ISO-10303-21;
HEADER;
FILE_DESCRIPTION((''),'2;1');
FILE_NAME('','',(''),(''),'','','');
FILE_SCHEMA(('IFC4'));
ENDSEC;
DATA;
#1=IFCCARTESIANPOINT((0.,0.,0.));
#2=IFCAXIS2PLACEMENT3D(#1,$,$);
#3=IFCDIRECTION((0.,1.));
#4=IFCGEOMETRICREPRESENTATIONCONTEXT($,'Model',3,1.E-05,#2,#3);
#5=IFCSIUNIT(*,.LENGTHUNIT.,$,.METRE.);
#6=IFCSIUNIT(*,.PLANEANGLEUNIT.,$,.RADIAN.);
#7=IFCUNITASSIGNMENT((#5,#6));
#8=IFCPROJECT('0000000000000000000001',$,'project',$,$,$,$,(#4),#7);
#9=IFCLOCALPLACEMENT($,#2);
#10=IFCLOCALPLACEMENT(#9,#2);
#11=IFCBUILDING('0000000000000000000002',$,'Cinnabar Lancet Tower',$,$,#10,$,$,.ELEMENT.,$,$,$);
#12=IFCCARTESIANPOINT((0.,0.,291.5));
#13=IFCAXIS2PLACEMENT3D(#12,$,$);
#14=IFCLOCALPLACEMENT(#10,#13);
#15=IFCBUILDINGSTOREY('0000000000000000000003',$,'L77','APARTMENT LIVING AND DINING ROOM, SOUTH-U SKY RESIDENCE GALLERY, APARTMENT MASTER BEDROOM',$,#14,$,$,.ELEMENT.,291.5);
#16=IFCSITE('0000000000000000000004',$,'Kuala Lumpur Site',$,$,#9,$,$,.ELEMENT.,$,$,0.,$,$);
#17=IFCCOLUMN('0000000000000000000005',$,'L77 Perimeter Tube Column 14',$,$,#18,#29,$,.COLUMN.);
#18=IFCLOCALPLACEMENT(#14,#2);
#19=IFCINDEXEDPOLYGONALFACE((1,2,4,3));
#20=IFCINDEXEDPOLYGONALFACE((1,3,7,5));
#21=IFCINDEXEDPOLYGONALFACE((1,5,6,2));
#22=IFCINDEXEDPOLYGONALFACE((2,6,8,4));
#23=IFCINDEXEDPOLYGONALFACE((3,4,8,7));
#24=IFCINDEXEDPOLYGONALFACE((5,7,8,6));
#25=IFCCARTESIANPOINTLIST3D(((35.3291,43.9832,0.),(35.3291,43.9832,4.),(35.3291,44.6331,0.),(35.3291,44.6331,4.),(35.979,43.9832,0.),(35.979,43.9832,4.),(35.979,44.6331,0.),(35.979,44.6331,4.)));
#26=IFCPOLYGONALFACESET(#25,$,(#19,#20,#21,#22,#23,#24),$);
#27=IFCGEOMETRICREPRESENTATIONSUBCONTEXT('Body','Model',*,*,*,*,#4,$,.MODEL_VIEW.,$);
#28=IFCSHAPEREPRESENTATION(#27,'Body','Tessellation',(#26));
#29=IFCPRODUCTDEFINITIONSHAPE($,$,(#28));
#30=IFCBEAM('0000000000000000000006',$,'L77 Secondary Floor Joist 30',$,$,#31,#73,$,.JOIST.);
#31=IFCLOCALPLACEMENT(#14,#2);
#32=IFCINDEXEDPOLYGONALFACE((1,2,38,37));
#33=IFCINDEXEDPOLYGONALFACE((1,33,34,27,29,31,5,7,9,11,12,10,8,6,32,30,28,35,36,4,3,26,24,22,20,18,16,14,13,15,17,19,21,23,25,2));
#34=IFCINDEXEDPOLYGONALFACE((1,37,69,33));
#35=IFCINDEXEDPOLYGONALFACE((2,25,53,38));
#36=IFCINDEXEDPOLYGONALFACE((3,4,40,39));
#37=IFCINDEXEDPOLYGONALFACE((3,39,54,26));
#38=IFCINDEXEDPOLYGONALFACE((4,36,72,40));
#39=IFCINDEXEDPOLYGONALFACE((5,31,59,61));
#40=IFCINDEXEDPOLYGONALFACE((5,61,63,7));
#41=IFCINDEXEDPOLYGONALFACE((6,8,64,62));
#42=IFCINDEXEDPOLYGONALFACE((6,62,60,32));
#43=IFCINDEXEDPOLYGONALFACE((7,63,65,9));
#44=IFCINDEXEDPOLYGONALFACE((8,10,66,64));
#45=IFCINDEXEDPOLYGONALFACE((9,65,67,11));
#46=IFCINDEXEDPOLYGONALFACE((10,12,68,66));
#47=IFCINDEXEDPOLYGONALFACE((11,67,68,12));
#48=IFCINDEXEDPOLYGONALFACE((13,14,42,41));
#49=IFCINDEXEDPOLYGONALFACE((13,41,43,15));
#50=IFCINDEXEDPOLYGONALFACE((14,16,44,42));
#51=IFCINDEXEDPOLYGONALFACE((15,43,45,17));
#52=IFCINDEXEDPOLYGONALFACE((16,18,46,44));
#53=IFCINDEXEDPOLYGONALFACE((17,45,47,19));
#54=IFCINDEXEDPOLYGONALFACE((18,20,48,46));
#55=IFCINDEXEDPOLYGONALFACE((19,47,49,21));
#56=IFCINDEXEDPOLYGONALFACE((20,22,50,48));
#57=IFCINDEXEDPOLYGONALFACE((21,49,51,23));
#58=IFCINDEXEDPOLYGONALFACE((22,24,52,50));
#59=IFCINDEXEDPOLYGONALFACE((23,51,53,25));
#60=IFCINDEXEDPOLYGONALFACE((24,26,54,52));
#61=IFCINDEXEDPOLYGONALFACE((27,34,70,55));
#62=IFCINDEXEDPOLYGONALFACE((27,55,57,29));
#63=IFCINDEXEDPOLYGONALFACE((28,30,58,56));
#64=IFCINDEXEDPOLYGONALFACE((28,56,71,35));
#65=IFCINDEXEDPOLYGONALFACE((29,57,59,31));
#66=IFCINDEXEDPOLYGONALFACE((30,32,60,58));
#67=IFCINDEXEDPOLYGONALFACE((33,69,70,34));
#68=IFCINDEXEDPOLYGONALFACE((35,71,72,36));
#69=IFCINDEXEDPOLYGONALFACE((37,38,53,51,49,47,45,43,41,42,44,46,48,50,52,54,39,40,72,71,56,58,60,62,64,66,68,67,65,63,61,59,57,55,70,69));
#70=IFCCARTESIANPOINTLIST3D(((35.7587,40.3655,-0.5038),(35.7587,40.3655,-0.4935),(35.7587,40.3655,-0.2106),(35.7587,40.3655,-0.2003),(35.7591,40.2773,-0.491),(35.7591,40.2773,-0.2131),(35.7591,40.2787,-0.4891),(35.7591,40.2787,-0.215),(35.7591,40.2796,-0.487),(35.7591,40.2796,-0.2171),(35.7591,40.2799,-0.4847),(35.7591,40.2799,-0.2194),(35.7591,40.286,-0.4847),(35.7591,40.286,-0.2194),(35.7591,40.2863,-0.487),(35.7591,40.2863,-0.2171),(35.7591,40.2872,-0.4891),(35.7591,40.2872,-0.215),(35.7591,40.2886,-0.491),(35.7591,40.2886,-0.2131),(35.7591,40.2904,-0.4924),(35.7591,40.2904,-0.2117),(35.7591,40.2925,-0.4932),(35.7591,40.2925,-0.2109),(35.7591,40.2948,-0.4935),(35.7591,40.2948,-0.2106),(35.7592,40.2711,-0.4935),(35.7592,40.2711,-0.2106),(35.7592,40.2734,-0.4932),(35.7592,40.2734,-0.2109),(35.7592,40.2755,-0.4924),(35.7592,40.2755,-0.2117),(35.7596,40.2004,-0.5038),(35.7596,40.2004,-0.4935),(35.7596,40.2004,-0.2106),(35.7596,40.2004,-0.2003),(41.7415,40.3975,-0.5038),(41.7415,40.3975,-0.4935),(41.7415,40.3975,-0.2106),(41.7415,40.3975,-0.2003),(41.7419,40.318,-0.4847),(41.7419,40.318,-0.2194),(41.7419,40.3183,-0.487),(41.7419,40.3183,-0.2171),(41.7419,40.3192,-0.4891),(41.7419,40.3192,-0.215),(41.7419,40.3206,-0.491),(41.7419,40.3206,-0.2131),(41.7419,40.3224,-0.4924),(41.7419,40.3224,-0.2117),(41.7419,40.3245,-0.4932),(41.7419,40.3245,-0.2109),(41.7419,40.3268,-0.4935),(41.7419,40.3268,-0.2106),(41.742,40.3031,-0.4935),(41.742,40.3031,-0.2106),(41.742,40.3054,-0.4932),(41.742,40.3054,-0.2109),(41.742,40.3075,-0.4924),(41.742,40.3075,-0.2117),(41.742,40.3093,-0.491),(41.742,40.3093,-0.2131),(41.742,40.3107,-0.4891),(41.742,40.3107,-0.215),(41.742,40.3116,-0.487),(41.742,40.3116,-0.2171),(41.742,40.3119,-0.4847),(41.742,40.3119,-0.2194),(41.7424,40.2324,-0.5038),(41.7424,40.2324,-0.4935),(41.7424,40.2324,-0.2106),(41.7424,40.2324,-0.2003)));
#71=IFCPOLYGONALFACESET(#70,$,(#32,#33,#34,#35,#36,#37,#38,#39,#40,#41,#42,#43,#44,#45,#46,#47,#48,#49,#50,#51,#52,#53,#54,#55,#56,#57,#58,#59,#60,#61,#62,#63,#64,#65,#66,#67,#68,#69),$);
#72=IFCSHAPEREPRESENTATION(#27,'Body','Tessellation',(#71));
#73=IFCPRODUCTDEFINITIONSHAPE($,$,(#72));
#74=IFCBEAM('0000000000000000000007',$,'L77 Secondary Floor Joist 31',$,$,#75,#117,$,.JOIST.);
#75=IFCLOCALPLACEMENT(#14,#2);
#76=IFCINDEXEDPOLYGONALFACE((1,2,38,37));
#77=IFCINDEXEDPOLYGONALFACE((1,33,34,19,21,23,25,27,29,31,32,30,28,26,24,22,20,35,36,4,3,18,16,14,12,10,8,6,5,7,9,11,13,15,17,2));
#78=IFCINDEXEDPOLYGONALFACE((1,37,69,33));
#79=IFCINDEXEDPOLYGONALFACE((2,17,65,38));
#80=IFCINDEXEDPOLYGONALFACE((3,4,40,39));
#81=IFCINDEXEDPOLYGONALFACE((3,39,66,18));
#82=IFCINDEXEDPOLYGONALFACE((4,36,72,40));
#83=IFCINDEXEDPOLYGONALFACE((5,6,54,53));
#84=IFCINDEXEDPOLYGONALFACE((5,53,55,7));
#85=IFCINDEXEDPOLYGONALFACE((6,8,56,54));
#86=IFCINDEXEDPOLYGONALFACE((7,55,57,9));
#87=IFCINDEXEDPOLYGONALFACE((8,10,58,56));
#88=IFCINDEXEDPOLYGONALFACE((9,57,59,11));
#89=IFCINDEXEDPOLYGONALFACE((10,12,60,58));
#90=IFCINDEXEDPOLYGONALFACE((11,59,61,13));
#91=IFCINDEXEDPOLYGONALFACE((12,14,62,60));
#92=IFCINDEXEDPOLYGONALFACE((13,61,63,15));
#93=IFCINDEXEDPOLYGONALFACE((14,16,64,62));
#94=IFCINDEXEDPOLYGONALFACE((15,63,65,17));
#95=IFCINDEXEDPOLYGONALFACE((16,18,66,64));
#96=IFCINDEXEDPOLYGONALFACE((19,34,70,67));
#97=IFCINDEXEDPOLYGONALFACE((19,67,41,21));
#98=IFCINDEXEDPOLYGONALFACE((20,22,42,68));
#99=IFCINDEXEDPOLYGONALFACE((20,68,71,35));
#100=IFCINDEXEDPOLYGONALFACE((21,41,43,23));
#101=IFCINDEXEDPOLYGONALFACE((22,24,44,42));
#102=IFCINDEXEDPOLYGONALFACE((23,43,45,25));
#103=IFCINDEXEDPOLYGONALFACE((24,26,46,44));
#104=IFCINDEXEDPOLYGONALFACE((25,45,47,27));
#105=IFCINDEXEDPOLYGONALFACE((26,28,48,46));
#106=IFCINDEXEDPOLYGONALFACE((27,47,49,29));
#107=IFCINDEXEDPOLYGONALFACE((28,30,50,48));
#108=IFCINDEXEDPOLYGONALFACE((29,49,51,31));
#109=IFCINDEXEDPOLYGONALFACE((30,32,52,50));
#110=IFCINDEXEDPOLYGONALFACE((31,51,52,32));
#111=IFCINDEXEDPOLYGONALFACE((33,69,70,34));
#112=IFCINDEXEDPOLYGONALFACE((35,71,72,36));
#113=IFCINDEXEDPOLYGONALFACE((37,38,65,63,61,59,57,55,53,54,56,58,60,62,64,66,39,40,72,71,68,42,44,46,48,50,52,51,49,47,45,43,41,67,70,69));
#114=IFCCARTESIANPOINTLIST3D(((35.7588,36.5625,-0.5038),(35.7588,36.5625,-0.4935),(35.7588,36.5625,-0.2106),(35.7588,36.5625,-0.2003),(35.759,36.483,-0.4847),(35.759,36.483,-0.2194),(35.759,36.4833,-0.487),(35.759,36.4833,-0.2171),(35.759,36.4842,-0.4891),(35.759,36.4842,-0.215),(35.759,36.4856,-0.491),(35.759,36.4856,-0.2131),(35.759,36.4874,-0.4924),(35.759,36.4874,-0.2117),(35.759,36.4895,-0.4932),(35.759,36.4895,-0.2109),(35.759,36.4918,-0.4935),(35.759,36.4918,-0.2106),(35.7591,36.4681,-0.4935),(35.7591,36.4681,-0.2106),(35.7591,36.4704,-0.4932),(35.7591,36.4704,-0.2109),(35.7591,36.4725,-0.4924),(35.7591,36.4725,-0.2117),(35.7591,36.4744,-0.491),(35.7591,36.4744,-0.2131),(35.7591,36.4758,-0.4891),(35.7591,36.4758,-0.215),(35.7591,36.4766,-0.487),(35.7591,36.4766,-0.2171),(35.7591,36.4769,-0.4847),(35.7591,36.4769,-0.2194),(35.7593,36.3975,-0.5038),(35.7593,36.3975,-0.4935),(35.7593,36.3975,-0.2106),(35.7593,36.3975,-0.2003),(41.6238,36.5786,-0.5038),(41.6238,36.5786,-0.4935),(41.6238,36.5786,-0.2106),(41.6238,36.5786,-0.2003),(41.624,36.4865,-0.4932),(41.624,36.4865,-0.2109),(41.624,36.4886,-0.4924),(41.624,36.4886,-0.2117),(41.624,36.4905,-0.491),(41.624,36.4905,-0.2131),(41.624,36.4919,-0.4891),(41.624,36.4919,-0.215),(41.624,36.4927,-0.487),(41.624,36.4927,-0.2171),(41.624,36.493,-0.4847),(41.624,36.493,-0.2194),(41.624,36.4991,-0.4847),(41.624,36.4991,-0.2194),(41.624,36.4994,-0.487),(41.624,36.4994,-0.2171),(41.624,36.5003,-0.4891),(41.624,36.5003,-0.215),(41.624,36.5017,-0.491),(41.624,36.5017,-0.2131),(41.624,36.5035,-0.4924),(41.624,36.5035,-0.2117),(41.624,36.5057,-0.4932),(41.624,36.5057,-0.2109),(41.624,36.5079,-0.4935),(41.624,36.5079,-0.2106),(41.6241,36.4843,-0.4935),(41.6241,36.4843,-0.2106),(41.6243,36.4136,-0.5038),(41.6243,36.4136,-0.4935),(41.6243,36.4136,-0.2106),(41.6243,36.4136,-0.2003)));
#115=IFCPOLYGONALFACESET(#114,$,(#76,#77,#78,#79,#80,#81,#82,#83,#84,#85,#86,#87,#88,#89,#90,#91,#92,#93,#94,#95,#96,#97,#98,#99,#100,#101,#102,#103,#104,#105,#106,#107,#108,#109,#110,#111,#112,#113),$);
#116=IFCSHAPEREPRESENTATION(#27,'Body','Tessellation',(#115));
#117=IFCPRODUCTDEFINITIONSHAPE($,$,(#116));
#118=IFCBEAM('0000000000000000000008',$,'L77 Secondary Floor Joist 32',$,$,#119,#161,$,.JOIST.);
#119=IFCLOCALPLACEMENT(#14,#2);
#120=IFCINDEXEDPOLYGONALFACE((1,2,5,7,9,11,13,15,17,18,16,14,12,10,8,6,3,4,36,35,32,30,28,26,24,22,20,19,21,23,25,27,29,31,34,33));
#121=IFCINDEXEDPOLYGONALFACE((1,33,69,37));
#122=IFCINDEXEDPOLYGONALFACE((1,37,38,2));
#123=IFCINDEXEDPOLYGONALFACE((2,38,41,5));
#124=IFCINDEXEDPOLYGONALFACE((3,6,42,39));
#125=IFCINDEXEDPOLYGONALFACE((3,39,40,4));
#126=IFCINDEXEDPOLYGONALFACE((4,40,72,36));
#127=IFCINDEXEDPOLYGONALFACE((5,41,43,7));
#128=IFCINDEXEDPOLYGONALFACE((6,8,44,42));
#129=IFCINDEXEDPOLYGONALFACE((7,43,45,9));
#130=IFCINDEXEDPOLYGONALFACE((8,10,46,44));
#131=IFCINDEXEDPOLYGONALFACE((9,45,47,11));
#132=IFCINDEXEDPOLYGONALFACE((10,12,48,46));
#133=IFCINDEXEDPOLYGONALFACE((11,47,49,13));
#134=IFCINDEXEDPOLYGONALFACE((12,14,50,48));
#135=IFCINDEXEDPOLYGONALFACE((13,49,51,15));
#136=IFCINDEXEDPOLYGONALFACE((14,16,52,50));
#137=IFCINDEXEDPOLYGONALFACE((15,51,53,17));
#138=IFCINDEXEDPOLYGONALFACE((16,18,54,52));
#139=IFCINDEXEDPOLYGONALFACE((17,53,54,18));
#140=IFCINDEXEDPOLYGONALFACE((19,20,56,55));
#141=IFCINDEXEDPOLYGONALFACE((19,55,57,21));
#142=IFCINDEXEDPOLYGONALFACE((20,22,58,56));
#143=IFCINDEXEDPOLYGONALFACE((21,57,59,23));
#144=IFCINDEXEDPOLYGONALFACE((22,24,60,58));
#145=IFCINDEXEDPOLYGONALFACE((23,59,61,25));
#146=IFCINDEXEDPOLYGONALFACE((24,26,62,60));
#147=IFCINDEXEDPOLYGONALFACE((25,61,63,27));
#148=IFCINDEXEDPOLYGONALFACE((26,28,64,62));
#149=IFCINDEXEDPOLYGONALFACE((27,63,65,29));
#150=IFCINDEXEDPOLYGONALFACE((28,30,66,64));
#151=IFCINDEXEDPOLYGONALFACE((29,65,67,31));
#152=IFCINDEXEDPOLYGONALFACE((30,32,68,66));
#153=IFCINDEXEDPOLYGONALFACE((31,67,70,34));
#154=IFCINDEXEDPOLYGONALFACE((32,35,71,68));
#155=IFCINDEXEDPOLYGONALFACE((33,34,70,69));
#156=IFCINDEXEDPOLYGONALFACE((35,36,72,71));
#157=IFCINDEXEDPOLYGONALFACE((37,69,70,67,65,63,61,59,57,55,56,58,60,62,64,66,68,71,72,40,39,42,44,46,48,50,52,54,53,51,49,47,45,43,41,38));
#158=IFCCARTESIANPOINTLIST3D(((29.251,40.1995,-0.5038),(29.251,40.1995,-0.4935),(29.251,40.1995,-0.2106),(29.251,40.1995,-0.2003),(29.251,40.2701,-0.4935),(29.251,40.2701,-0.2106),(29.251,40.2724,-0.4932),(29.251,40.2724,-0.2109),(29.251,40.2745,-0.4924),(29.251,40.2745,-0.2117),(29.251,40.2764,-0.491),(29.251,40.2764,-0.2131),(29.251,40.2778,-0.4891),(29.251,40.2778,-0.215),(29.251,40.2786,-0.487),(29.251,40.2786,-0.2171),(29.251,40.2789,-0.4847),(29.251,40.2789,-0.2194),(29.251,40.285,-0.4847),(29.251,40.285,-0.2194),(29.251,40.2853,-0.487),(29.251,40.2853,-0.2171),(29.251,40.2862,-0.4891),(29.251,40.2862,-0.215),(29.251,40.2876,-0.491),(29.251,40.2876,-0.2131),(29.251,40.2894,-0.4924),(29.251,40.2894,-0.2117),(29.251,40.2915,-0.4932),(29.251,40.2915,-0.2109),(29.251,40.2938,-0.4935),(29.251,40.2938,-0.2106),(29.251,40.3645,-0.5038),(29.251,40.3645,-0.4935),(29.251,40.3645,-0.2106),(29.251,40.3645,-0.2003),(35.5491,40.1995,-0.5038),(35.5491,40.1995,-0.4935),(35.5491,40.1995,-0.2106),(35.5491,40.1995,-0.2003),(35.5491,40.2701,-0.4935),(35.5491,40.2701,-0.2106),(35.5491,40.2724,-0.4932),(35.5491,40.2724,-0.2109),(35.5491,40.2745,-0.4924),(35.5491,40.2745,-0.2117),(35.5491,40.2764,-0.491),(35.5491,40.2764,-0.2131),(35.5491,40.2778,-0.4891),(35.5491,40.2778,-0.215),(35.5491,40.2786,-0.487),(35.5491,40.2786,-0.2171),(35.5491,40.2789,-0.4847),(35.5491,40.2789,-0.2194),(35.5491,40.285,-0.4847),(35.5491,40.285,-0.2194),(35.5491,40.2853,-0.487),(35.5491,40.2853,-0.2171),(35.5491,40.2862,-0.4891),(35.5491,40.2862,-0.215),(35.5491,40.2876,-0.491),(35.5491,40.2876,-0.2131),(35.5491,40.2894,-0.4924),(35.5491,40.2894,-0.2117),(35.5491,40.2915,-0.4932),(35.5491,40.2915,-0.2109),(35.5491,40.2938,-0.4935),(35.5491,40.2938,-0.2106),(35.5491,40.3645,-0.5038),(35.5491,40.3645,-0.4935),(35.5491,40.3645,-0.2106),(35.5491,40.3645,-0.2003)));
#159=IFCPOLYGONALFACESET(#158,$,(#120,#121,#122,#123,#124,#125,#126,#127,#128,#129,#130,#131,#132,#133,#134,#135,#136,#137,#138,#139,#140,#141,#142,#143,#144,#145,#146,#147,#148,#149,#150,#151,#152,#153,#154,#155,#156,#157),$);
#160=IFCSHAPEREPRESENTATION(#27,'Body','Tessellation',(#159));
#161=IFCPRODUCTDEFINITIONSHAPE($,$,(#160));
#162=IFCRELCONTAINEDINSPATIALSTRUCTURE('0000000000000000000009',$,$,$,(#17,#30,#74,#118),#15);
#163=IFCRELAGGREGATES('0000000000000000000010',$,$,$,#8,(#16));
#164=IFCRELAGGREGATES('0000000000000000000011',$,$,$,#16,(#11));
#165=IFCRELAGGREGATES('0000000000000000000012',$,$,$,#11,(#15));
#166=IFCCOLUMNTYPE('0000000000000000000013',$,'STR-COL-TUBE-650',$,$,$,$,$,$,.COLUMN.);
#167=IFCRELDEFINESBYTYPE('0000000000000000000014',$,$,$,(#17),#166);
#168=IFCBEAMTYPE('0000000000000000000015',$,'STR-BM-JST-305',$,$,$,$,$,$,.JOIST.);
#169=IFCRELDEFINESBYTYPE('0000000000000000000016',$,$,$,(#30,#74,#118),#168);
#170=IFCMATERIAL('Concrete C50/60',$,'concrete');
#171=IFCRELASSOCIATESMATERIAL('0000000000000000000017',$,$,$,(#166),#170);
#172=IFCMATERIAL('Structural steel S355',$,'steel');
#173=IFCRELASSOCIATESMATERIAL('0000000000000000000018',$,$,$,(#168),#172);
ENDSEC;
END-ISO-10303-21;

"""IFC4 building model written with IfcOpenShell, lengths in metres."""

from ifc_helpers import new_model, si_unit, direction, frame, origin, origin_2d, place, context, subcontext, project, spatial, rectangle, i_section, extrude, material, material_profile, profile_set, type_object, element, save


model = new_model("IFC4")

# Units and contexts
model_context = context("Model", 3, precision=1e-05, world=origin(), true_north=direction((0.0, 1.0)))
body_context = subcontext(model_context, "Body", "Model", "MODEL_VIEW")
ifc_project = project(units=[si_unit("LENGTHUNIT", "METRE"), si_unit("PLANEANGLEUNIT", "RADIAN")], contexts=[model_context])

# Site, building, storey
site_placement = place(None, origin())
site = spatial("IfcSite", under=ifc_project, at=site_placement, Name="Kuala Lumpur Site", CompositionType="ELEMENT", RefElevation=0.0)
building_placement = place(site_placement, origin())
building = spatial("IfcBuilding", under=site, at=building_placement, Name="Cinnabar Lancet Tower", CompositionType="ELEMENT")
storey_placement = place(building_placement, frame((0.0, 0.0, 291.5)))
storey = spatial("IfcBuildingStorey", under=building, at=storey_placement, Name="L77", Description="APARTMENT LIVING AND DINING ROOM, SOUTH-U SKY RESIDENCE GALLERY, APARTMENT MASTER BEDROOM", CompositionType="ELEMENT", Elevation=291.5)

# Column
ifc_material_1 = material(Name="Concrete C50/60", Category="concrete")
ifc_material_profile_1 = material_profile(ifc_material_1, rectangle(XDim=0.6499, YDim=0.6499, at=origin_2d()), Name="RC-COL 650x650")
ifc_profile_set_1 = profile_set([ifc_material_profile_1], Name="Concrete C50/60")
column_type = type_object("IfcColumnType", Name="STR-COL-TUBE-650", PredefinedType="COLUMN", material=ifc_profile_set_1)
column_placement = place(storey_placement, frame((35.6541, 44.3081, 0.0), z_axis=(0.0, 0.0, 1.0), x_axis=(1.0, 0.0, 0.0)))
element("IfcColumn", 1, at=column_placement, inside=storey, type_object=column_type, Name="L77 Perimeter Tube Column 14", PredefinedType="COLUMN", context=body_context, shape_type="SweptSolid", body=[
    extrude(rectangle(XDim=0.6499, YDim=0.6499, at=origin_2d()), origin(), (0.0, 0.0, 1.0), 4.0),
])

# Beams
ifc_material_2 = material(Name="Structural steel S355", Category="steel")
ifc_material_profile_2 = material_profile(ifc_material_2, i_section(OverallWidth=0.165, OverallDepth=0.3035, WebThickness=0.0061, FlangeThickness=0.0103, FilletRadius=0.0088, at=origin_2d()), Name="UKB 305x165x40")
ifc_profile_set_2 = profile_set([ifc_material_profile_2], Name="Structural steel S355")
beam_type_1 = type_object("IfcBeamType", Name="STR-BM-JST-305", PredefinedType="JOIST", material=ifc_profile_set_2)
beam_1_placement = place(storey_placement, frame((41.7419, 40.3149, -0.3521), z_axis=(-0.999986, -0.005346, 0.0), x_axis=(0.005346, -0.999986, 0.0)))
element("IfcBeam", 2, at=beam_1_placement, inside=storey, type_object=beam_type_1, Name="L77 Secondary Floor Joist 30", PredefinedType="JOIST", context=body_context, shape_type="SweptSolid", body=[
    extrude(i_section(OverallWidth=0.165, OverallDepth=0.3035, WebThickness=0.0061, FlangeThickness=0.0103, FilletRadius=0.0088, at=origin_2d()), origin(), (0.0, 0.0, 1.0), 5.9829),
])
beam_2_placement = place(storey_placement, frame((41.624, 36.4961, -0.3521), z_axis=(-0.999996, -0.002747, 0.0), x_axis=(0.002747, -0.999996, 0.0)))
element("IfcBeam", 3, at=beam_2_placement, inside=storey, type_object=beam_type_1, Name="L77 Secondary Floor Joist 31", PredefinedType="JOIST", context=body_context, shape_type="SweptSolid", body=[
    extrude(i_section(OverallWidth=0.165, OverallDepth=0.3035, WebThickness=0.0061, FlangeThickness=0.0103, FilletRadius=0.0088, at=origin_2d()), origin(), (0.0, 0.0, 1.0), 5.865),
])
for number, where, z_axis, x_axis, name in (
    (4, (35.5491, 40.282, -0.3521), (-1.0, 0.0, 0.0), (0.0, -1.0, 0.0), "L77 Secondary Floor Joist 32"),
):
    element("IfcBeam", number, at=place(storey_placement, frame(where, z_axis=z_axis, x_axis=x_axis)), inside=storey, type_object=beam_type_1, Name=name, PredefinedType="JOIST", context=body_context, shape_type="SweptSolid", body=[
        extrude(i_section(OverallWidth=0.165, OverallDepth=0.3035, WebThickness=0.0061, FlangeThickness=0.0103, FilletRadius=0.0088, at=origin_2d()), origin(), (0.0, 0.0, 1.0), 6.2981),
    ])

save(model, "model.ifc")
